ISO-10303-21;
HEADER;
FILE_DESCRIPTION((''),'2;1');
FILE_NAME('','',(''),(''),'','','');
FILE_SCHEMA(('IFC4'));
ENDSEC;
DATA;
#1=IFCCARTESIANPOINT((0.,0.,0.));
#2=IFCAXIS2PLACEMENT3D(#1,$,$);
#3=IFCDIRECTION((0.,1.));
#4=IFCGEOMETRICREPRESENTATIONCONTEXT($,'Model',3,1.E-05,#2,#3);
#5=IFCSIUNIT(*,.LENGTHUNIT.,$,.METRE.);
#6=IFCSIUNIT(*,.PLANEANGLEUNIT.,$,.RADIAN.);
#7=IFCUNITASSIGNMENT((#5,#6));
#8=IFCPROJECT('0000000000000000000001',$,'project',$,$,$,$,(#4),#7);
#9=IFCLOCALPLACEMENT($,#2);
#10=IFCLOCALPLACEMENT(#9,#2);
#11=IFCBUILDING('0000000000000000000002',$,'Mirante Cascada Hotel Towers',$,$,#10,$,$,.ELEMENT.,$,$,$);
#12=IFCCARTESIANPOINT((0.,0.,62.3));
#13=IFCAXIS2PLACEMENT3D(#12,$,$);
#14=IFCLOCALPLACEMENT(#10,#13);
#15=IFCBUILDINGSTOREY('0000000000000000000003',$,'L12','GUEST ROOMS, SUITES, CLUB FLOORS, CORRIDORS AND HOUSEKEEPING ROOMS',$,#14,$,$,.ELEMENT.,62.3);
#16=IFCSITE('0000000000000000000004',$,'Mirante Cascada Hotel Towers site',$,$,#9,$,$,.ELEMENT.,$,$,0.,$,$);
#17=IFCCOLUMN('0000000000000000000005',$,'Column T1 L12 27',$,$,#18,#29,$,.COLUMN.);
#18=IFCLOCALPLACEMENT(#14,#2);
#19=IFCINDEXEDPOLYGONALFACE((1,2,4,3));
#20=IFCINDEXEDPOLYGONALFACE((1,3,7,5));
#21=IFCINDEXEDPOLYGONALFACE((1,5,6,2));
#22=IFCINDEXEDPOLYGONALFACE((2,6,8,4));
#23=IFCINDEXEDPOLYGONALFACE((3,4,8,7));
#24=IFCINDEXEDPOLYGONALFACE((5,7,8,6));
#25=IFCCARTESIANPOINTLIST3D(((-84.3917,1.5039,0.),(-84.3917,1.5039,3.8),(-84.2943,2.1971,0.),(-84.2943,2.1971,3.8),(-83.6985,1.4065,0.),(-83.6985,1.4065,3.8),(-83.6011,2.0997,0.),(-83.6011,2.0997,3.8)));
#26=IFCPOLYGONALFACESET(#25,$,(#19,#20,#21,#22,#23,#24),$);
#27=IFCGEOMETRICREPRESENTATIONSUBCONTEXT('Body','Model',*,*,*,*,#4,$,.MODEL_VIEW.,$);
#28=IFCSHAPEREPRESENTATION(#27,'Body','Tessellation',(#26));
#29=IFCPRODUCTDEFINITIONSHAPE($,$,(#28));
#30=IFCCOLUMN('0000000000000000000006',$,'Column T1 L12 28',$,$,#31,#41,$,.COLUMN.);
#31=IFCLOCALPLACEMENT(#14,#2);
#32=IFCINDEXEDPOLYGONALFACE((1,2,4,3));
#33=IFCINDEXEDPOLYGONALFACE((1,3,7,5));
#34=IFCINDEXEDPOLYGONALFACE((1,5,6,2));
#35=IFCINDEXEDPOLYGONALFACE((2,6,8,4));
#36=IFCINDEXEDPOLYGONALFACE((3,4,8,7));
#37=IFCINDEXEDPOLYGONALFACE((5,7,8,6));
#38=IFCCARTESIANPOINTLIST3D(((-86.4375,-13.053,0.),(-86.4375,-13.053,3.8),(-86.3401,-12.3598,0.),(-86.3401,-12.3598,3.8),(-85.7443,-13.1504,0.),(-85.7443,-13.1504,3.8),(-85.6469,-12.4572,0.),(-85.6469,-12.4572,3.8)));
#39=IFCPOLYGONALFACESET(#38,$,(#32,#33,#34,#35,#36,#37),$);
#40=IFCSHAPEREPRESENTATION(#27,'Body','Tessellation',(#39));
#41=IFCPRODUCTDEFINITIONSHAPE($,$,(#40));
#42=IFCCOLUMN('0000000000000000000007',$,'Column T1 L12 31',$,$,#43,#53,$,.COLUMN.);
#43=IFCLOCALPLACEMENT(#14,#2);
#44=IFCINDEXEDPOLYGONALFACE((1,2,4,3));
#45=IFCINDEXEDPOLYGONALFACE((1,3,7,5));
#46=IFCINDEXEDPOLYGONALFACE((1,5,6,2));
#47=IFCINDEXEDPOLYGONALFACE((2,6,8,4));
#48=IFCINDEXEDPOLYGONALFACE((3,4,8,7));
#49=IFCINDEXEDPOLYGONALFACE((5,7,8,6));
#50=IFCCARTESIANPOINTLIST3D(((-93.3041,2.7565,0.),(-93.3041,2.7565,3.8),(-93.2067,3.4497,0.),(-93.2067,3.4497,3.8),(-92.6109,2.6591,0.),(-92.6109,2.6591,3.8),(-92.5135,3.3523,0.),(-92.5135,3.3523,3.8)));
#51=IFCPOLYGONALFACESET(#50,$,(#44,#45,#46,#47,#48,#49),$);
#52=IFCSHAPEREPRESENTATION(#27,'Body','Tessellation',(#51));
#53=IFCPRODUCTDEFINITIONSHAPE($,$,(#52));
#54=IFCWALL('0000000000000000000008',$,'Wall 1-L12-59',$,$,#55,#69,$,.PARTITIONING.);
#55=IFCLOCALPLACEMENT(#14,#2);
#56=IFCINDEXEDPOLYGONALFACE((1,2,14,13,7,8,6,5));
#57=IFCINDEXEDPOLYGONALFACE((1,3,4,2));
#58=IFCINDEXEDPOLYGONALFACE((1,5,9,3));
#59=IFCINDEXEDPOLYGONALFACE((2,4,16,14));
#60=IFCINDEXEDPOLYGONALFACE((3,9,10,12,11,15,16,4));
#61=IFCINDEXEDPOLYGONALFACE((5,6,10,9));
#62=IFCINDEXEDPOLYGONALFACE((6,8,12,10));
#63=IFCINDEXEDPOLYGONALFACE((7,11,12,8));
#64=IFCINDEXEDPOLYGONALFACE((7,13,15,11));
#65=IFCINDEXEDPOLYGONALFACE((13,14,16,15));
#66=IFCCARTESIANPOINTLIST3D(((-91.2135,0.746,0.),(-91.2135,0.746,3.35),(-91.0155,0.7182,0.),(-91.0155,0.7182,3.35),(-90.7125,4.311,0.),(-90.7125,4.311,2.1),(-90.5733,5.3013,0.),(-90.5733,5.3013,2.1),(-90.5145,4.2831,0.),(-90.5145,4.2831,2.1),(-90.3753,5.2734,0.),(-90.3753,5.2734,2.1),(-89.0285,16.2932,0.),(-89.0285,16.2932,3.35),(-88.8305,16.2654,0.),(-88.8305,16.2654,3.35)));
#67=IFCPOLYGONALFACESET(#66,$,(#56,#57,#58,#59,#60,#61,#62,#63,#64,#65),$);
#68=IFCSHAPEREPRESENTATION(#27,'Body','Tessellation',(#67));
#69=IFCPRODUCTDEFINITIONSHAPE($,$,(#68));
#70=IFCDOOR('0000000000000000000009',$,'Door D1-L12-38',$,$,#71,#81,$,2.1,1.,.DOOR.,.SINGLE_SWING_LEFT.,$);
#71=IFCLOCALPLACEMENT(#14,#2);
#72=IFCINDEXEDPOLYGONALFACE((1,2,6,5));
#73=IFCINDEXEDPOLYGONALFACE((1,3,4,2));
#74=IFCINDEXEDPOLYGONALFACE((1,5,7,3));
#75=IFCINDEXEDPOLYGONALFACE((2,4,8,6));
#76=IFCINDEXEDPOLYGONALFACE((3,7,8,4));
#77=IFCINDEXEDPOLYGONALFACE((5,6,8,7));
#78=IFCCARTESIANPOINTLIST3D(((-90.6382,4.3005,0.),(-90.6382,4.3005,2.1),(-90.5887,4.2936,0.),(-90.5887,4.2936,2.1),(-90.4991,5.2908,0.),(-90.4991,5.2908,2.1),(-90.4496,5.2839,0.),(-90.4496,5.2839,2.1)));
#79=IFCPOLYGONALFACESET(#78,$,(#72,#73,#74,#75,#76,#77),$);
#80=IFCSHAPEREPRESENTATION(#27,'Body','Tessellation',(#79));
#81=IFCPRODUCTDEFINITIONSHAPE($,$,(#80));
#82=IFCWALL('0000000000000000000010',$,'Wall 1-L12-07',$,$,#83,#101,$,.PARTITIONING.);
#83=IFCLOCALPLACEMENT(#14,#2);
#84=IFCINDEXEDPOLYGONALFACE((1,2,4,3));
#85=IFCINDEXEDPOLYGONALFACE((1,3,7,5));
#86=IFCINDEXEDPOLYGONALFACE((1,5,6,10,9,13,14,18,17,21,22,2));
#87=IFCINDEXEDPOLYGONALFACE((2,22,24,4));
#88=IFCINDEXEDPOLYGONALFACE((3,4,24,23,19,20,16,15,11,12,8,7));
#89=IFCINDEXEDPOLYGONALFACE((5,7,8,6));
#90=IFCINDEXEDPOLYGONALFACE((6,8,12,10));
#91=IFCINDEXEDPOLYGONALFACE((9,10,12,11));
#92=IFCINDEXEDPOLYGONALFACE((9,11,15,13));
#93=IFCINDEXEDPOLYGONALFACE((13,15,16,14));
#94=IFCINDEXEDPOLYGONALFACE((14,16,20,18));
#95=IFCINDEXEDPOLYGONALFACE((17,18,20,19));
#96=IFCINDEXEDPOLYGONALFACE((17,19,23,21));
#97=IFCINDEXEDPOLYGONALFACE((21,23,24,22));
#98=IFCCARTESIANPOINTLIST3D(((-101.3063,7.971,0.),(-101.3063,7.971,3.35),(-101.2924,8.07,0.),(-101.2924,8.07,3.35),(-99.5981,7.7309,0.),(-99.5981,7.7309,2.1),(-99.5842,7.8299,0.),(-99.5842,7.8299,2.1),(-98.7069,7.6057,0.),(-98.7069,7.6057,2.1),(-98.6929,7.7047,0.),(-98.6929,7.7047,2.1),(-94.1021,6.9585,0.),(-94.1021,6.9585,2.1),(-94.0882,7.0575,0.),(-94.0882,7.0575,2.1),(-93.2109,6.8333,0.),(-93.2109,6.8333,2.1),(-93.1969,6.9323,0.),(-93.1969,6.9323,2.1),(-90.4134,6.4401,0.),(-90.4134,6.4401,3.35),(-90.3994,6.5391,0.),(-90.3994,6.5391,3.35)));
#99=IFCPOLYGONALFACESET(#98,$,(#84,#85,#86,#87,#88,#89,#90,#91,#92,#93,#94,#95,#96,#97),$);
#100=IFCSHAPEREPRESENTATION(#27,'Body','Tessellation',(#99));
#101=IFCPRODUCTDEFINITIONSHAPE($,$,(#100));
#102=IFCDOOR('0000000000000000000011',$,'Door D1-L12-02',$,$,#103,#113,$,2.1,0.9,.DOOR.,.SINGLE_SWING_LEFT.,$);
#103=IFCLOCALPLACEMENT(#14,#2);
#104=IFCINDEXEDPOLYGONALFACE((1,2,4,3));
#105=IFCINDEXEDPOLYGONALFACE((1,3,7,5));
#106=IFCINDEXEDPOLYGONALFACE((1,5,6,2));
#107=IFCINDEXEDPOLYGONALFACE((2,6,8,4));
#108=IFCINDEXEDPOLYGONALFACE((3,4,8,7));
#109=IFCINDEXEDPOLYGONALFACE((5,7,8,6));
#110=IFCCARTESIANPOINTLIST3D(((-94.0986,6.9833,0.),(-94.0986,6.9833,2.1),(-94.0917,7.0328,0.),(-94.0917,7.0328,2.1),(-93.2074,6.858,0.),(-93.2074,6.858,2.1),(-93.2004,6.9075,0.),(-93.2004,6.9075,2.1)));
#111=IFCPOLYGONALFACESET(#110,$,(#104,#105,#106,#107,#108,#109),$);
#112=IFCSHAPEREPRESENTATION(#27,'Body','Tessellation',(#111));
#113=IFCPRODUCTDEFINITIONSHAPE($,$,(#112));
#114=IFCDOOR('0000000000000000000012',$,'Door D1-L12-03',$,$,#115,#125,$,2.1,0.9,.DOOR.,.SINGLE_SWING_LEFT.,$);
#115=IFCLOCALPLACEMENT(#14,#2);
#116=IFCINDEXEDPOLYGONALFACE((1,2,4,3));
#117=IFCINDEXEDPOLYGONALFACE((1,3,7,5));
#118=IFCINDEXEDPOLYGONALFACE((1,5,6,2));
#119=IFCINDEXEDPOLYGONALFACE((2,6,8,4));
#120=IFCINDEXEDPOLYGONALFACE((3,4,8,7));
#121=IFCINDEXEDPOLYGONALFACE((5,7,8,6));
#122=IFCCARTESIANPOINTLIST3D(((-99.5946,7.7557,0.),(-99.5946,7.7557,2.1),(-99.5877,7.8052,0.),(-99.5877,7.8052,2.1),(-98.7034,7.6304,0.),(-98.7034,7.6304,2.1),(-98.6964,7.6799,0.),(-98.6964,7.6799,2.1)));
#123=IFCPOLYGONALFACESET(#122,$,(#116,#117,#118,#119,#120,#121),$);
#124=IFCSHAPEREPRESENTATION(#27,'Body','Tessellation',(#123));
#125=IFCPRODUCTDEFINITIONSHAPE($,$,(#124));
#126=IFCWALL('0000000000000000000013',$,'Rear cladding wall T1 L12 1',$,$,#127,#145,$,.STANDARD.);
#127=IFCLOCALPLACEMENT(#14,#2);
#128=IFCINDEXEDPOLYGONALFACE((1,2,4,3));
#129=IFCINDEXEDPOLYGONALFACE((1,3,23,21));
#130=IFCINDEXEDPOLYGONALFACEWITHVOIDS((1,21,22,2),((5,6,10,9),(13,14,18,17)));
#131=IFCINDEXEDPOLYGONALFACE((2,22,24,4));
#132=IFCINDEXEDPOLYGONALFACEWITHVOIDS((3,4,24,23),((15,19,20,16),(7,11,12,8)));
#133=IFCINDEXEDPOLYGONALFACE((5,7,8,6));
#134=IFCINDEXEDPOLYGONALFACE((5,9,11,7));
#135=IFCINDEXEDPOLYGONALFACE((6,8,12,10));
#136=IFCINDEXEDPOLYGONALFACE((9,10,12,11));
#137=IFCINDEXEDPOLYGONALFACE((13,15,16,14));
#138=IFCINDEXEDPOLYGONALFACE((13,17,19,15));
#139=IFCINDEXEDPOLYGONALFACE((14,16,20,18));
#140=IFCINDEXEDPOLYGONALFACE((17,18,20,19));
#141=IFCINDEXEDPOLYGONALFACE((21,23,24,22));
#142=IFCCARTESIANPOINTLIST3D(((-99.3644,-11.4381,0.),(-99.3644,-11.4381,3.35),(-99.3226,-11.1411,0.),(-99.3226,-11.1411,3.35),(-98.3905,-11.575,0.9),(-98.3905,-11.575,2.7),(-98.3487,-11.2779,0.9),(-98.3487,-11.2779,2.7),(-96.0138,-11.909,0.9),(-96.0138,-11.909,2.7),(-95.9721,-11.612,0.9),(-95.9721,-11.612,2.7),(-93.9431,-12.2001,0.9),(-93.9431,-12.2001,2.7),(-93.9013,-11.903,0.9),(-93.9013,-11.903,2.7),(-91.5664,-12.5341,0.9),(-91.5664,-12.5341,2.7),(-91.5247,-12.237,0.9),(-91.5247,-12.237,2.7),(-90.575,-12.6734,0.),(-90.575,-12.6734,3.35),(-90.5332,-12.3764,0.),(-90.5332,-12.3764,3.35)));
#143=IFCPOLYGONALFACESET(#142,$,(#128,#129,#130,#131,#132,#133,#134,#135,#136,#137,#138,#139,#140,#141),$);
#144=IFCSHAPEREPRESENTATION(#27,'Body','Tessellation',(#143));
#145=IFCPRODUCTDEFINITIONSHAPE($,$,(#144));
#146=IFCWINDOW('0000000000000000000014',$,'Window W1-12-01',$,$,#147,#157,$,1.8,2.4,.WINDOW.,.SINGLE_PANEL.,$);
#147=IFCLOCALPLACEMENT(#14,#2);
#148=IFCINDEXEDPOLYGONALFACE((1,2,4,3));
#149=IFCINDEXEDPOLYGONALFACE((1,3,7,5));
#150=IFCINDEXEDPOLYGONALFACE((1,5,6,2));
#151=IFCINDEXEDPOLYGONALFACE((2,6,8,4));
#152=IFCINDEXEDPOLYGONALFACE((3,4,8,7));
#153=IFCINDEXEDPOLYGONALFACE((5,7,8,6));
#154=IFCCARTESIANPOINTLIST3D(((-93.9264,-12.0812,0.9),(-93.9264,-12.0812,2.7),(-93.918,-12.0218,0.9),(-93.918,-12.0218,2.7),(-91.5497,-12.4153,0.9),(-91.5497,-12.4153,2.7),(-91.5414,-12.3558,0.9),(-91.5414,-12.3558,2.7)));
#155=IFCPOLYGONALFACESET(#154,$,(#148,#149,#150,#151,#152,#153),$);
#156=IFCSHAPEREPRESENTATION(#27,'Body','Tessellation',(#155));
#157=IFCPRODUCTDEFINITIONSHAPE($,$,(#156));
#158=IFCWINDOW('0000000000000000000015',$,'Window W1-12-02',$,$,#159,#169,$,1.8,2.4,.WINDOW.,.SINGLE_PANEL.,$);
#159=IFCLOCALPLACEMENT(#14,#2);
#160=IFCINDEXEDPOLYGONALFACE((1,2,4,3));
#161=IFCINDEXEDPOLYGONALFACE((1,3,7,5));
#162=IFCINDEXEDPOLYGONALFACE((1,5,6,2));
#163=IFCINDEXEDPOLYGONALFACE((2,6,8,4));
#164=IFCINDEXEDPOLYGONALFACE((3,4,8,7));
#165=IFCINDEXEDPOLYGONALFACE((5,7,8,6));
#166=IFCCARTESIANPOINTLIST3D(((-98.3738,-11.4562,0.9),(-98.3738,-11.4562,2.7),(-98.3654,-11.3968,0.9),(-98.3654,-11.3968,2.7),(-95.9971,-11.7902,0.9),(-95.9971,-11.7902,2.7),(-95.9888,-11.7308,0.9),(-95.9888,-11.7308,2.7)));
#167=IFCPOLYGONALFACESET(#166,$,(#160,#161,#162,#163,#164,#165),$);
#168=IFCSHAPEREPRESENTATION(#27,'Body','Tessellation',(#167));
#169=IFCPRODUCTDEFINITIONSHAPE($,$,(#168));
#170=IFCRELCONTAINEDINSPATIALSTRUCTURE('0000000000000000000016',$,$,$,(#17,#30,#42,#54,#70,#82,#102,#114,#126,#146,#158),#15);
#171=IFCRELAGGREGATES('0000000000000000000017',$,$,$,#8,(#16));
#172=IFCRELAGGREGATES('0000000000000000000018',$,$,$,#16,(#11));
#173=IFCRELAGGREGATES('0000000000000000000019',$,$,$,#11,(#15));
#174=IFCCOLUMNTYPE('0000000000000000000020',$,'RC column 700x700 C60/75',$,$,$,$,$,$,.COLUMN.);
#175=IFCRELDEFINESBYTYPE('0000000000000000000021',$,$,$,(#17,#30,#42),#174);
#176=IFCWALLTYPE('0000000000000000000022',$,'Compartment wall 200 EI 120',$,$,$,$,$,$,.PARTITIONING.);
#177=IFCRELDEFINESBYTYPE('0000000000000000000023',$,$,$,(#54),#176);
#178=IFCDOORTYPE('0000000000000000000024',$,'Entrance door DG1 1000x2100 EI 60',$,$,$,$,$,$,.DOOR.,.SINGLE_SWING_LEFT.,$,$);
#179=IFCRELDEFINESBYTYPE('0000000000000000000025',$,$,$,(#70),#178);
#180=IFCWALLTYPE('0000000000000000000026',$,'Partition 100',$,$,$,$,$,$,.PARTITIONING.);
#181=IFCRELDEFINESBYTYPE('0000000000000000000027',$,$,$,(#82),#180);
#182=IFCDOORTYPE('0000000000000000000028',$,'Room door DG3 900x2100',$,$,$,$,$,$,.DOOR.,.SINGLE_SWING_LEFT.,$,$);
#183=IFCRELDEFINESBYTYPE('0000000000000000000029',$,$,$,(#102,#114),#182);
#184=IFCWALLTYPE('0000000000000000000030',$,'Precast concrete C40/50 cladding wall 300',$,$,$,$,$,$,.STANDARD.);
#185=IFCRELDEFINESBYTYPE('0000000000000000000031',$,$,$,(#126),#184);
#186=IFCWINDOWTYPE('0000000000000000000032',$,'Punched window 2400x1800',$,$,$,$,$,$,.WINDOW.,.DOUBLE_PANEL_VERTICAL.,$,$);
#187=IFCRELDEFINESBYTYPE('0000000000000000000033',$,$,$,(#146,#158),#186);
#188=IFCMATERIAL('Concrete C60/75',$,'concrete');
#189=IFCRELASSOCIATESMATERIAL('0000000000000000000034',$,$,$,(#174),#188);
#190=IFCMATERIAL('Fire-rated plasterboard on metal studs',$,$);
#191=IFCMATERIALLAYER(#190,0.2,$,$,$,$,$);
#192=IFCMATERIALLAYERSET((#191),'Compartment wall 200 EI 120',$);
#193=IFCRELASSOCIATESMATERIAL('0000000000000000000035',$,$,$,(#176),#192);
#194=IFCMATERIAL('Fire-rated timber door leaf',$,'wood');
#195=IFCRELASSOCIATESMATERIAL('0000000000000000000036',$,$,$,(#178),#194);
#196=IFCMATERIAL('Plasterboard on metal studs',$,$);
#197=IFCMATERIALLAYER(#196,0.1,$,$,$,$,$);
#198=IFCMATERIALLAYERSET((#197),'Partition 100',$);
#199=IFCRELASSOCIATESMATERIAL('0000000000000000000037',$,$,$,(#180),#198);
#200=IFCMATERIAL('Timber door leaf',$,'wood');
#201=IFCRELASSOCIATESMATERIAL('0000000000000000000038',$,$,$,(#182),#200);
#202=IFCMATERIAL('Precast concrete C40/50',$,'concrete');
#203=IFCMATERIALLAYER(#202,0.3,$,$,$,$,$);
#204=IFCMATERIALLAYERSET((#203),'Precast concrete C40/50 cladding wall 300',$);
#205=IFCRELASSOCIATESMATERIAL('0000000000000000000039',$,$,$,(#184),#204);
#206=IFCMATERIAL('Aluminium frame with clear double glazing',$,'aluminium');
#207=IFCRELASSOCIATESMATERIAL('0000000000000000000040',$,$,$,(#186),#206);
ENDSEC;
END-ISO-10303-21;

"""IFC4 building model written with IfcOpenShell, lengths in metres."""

from ifc_helpers import new_model, si_unit, direction, frame, frame_2d, origin, origin_2d, place, context, subcontext, project, spatial, rectangle, extrude, material, layer, layer_set, material_profile, profile_set, type_object, element, fill, save


model = new_model("IFC4")

# Units and contexts
model_context = context("Model", 3, precision=1e-05, world=origin(), true_north=direction((0.0, 1.0)))
body_context = subcontext(model_context, "Body", "Model", "MODEL_VIEW")
ifc_project = project(units=[si_unit("LENGTHUNIT", "METRE"), si_unit("PLANEANGLEUNIT", "RADIAN")], contexts=[model_context])

# Site, building, storey
site_placement = place(None, origin())
site = spatial("IfcSite", under=ifc_project, at=site_placement, Name="Mirante Cascada Hotel Towers site", CompositionType="ELEMENT", RefElevation=0.0)
building_placement = place(site_placement, origin())
building = spatial("IfcBuilding", under=site, at=building_placement, Name="Mirante Cascada Hotel Towers", CompositionType="ELEMENT")
storey_placement = place(building_placement, frame((0.0, 0.0, 62.3)))
storey = spatial("IfcBuildingStorey", under=building, at=storey_placement, Name="L12", Description="GUEST ROOMS, SUITES, CLUB FLOORS, CORRIDORS AND HOUSEKEEPING ROOMS", CompositionType="ELEMENT", Elevation=62.3)

# Columns
ifc_material_1 = material(Name="Concrete C60/75", Category="concrete")
ifc_material_profile = material_profile(ifc_material_1, rectangle(XDim=0.7, YDim=0.7, at=origin_2d()), Name="RC column 700x700 C60/75")
ifc_profile_set = profile_set([ifc_material_profile], Name="Concrete C60/75")
column_type = type_object("IfcColumnType", Name="RC column 700x700 C60/75", PredefinedType="COLUMN", material=ifc_profile_set)
for number, where, z_axis, x_axis, name in (
    (1, (-83.9964, 1.8018, 0.0), (0.0, 0.0, 1.0), (-0.990268, 0.139173, 0.0), "Column T1 L12 27"),
    (2, (-86.0422, -12.7551, 0.0), (0.0, 0.0, 1.0), (-0.990268, 0.139173, 0.0), "Column T1 L12 28"),
    (3, (-92.9088, 3.0544, 0.0), (0.0, 0.0, 1.0), (-0.990268, 0.139173, 0.0), "Column T1 L12 31"),
):
    element("IfcColumn", number, at=place(storey_placement, frame(where, z_axis=z_axis, x_axis=x_axis)), inside=storey, type_object=column_type, Name=name, PredefinedType="COLUMN", context=body_context, shape_type="SweptSolid", body=[
        extrude(rectangle(XDim=0.7, YDim=0.7, at=origin_2d()), origin(), (0.0, 0.0, 1.0), 3.8),
    ])

# Wall, opening, door
ifc_material_2 = material(Name="Fire-rated plasterboard on metal studs")
ifc_layer_1 = layer(ifc_material_2, 0.2)
ifc_layer_set_1 = layer_set([ifc_layer_1], Name="Compartment wall 200 EI 120")
wall_type_1 = type_object("IfcWallType", Name="Compartment wall 200 EI 120", PredefinedType="PARTITIONING", material=ifc_layer_set_1)
wall_1_placement = place(storey_placement, frame((-91.1145, 0.7321, 0.0), z_axis=(0.0, 0.0, 1.0), x_axis=(0.139172, 0.990268, 0.0)))
wall_1 = element("IfcWall", 4, at=wall_1_placement, inside=storey, type_object=wall_type_1, Name="Wall 1-L12-59", PredefinedType="PARTITIONING", context=body_context, shape_type="SweptSolid", body=[
    extrude(rectangle(XDim=15.7, YDim=0.2, at=frame_2d((7.85, 0.0))), origin(), (0.0, 0.0, 1.0), 3.35),
])
opening_1_placement = place(wall_1_placement, frame((3.6, 0.0, 0.0)))
opening_1 = element("IfcOpeningElement", 5, at=opening_1_placement, cuts=wall_1, PredefinedType="OPENING", context=body_context, shape_type="SweptSolid", body=[
    extrude(rectangle(XDim=1.0, YDim=2.1, at=frame_2d((0.5, 1.05))), frame((0.0, 0.1, 0.0), z_axis=(0.0, -1.0, 0.0), x_axis=(1.0, 0.0, 0.0)), (0.0, 0.0, 1.0), 0.2),
])
ifc_material_3 = material(Name="Fire-rated timber door leaf", Category="wood")
door_type_1 = type_object("IfcDoorType", Name="Entrance door DG1 1000x2100 EI 60", OperationType="SINGLE_SWING_LEFT", PredefinedType="DOOR", material=ifc_material_3)
door_1_placement = place(opening_1_placement, origin())
door_1 = element("IfcDoor", 6, at=door_1_placement, inside=storey, type_object=door_type_1, Name="Door D1-L12-38", OperationType="SINGLE_SWING_LEFT", OverallHeight=2.1, OverallWidth=1.0, PredefinedType="DOOR", context=body_context, shape_type="SweptSolid", body=[
    extrude(rectangle(XDim=1.0, YDim=2.1, at=frame_2d((0.5, 1.05))), frame((0.0, 0.025, 0.0), z_axis=(0.0, -1.0, 0.0), x_axis=(1.0, 0.0, 0.0)), (0.0, 0.0, 1.0), 0.05),
])
fill(opening_1, door_1)

# Wall, openings, doors
ifc_material_4 = material(Name="Plasterboard on metal studs")
ifc_layer_2 = layer(ifc_material_4, 0.1)
ifc_layer_set_2 = layer_set([ifc_layer_2], Name="Partition 100")
wall_type_2 = type_object("IfcWallType", Name="Partition 100", PredefinedType="PARTITIONING", material=ifc_layer_set_2)
wall_2_placement = place(storey_placement, frame((-90.4064, 6.4896, 0.0), z_axis=(0.0, 0.0, 1.0), x_axis=(-0.990268, 0.139173, 0.0)))
wall_2 = element("IfcWall", 7, at=wall_2_placement, inside=storey, type_object=wall_type_2, Name="Wall 1-L12-07", PredefinedType="PARTITIONING", context=body_context, shape_type="SweptSolid", body=[
    extrude(rectangle(XDim=11.0, YDim=0.1, at=frame_2d((5.5, 0.0))), origin(), (0.0, 0.0, 1.0), 3.35),
])
opening_2_placement = place(wall_2_placement, frame((2.825, 0.0, 0.0)))
opening_2 = element("IfcOpeningElement", 8, at=opening_2_placement, cuts=wall_2, PredefinedType="OPENING", context=body_context, shape_type="SweptSolid", body=[
    extrude(rectangle(XDim=0.9, YDim=2.1, at=frame_2d((0.45, 1.05))), frame((0.0, 0.05, 0.0), z_axis=(0.0, -1.0, 0.0), x_axis=(1.0, 0.0, 0.0)), (0.0, 0.0, 1.0), 0.1),
])
opening_3_placement = place(wall_2_placement, frame((8.375, 0.0, 0.0)))
opening_3 = element("IfcOpeningElement", 9, at=opening_3_placement, cuts=wall_2, PredefinedType="OPENING", context=body_context, shape_type="SweptSolid", body=[
    extrude(rectangle(XDim=0.9, YDim=2.1, at=frame_2d((0.45, 1.05))), frame((0.0, 0.05, 0.0), z_axis=(0.0, -1.0, 0.0), x_axis=(1.0, 0.0, 0.0)), (0.0, 0.0, 1.0), 0.1),
])
ifc_material_5 = material(Name="Timber door leaf", Category="wood")
door_type_2 = type_object("IfcDoorType", Name="Room door DG3 900x2100", OperationType="SINGLE_SWING_LEFT", PredefinedType="DOOR", material=ifc_material_5)
door_2_placement = place(opening_2_placement, origin())
door_2 = element("IfcDoor", 10, at=door_2_placement, inside=storey, type_object=door_type_2, Name="Door D1-L12-02", OperationType="SINGLE_SWING_LEFT", OverallHeight=2.1, OverallWidth=0.9, PredefinedType="DOOR", context=body_context, shape_type="SweptSolid", body=[
    extrude(rectangle(XDim=0.9, YDim=2.1, at=frame_2d((0.45, 1.05))), frame((0.0, 0.025, 0.0), z_axis=(0.0, -1.0, 0.0), x_axis=(1.0, 0.0, 0.0)), (0.0, 0.0, 1.0), 0.05),
])
fill(opening_2, door_2)
door_3_placement = place(opening_3_placement, origin())
door_3 = element("IfcDoor", 11, at=door_3_placement, inside=storey, type_object=door_type_2, Name="Door D1-L12-03", OperationType="SINGLE_SWING_LEFT", OverallHeight=2.1, OverallWidth=0.9, PredefinedType="DOOR", context=body_context, shape_type="SweptSolid", body=[
    extrude(rectangle(XDim=0.9, YDim=2.1, at=frame_2d((0.45, 1.05))), frame((0.0, 0.025, 0.0), z_axis=(0.0, -1.0, 0.0), x_axis=(1.0, 0.0, 0.0)), (0.0, 0.0, 1.0), 0.05),
])
fill(opening_3, door_3)

# Wall, openings, windows
ifc_material_6 = material(Name="Precast concrete C40/50", Category="concrete")
ifc_layer_3 = layer(ifc_material_6, 0.3)
ifc_layer_set_3 = layer_set([ifc_layer_3], Name="Precast concrete C40/50 cladding wall 300")
wall_type_3 = type_object("IfcWallType", Name="Precast concrete C40/50 cladding wall 300", PredefinedType="STANDARD", material=ifc_layer_set_3)
wall_3_placement = place(storey_placement, frame((-90.5541, -12.5249, 0.0), z_axis=(0.0, 0.0, 1.0), x_axis=(-0.990268, 0.139177, 0.0)))
wall_3 = element("IfcWall", 12, at=wall_3_placement, inside=storey, type_object=wall_type_3, Name="Rear cladding wall T1 L12 1", PredefinedType="STANDARD", context=body_context, shape_type="SweptSolid", body=[
    extrude(rectangle(XDim=8.8758, YDim=0.3, at=frame_2d((4.4379, 0.0))), origin(), (0.0, 0.0, 1.0), 3.35),
])
opening_4_placement = place(wall_3_placement, frame((1.0012, 0.0, 0.9)))
opening_4 = element("IfcOpeningElement", 13, at=opening_4_placement, cuts=wall_3, PredefinedType="OPENING", context=body_context, shape_type="SweptSolid", body=[
    extrude(rectangle(XDim=2.4, YDim=1.8, at=frame_2d((1.2, 0.9))), frame((0.0, 0.15, 0.0), z_axis=(0.0, -1.0, 0.0), x_axis=(1.0, 0.0, 0.0)), (0.0, 0.0, 1.0), 0.3),
])
opening_5_placement = place(wall_3_placement, frame((5.4923, 0.0, 0.9)))
opening_5 = element("IfcOpeningElement", 14, at=opening_5_placement, cuts=wall_3, PredefinedType="OPENING", context=body_context, shape_type="SweptSolid", body=[
    extrude(rectangle(XDim=2.4, YDim=1.8, at=frame_2d((1.2, 0.9))), frame((0.0, 0.15, 0.0), z_axis=(0.0, -1.0, 0.0), x_axis=(1.0, 0.0, 0.0)), (0.0, 0.0, 1.0), 0.3),
])
ifc_material_7 = material(Name="Aluminium frame with clear double glazing", Category="aluminium")
window_type = type_object("IfcWindowType", Name="Punched window 2400x1800", PartitioningType="DOUBLE_PANEL_VERTICAL", PredefinedType="WINDOW", material=ifc_material_7)
window_1_placement = place(opening_4_placement, origin())
window_1 = element("IfcWindow", 15, at=window_1_placement, inside=storey, type_object=window_type, Name="Window W1-12-01", OverallHeight=1.8, OverallWidth=2.4, PartitioningType="SINGLE_PANEL", PredefinedType="WINDOW", context=body_context, shape_type="SweptSolid", body=[
    extrude(rectangle(XDim=2.4, YDim=1.8, at=frame_2d((1.2, 0.9))), frame((0.0, 0.03, 0.0), z_axis=(0.0, -1.0, 0.0), x_axis=(1.0, 0.0, 0.0)), (0.0, 0.0, 1.0), 0.06),
])
fill(opening_4, window_1)
window_2_placement = place(opening_5_placement, origin())
window_2 = element("IfcWindow", 16, at=window_2_placement, inside=storey, type_object=window_type, Name="Window W1-12-02", OverallHeight=1.8, OverallWidth=2.4, PartitioningType="SINGLE_PANEL", PredefinedType="WINDOW", context=body_context, shape_type="SweptSolid", body=[
    extrude(rectangle(XDim=2.4, YDim=1.8, at=frame_2d((1.2, 0.9))), frame((0.0, 0.03, 0.0), z_axis=(0.0, -1.0, 0.0), x_axis=(1.0, 0.0, 0.0)), (0.0, 0.0, 1.0), 0.06),
])
fill(opening_5, window_2)

save(model, "model.ifc")
